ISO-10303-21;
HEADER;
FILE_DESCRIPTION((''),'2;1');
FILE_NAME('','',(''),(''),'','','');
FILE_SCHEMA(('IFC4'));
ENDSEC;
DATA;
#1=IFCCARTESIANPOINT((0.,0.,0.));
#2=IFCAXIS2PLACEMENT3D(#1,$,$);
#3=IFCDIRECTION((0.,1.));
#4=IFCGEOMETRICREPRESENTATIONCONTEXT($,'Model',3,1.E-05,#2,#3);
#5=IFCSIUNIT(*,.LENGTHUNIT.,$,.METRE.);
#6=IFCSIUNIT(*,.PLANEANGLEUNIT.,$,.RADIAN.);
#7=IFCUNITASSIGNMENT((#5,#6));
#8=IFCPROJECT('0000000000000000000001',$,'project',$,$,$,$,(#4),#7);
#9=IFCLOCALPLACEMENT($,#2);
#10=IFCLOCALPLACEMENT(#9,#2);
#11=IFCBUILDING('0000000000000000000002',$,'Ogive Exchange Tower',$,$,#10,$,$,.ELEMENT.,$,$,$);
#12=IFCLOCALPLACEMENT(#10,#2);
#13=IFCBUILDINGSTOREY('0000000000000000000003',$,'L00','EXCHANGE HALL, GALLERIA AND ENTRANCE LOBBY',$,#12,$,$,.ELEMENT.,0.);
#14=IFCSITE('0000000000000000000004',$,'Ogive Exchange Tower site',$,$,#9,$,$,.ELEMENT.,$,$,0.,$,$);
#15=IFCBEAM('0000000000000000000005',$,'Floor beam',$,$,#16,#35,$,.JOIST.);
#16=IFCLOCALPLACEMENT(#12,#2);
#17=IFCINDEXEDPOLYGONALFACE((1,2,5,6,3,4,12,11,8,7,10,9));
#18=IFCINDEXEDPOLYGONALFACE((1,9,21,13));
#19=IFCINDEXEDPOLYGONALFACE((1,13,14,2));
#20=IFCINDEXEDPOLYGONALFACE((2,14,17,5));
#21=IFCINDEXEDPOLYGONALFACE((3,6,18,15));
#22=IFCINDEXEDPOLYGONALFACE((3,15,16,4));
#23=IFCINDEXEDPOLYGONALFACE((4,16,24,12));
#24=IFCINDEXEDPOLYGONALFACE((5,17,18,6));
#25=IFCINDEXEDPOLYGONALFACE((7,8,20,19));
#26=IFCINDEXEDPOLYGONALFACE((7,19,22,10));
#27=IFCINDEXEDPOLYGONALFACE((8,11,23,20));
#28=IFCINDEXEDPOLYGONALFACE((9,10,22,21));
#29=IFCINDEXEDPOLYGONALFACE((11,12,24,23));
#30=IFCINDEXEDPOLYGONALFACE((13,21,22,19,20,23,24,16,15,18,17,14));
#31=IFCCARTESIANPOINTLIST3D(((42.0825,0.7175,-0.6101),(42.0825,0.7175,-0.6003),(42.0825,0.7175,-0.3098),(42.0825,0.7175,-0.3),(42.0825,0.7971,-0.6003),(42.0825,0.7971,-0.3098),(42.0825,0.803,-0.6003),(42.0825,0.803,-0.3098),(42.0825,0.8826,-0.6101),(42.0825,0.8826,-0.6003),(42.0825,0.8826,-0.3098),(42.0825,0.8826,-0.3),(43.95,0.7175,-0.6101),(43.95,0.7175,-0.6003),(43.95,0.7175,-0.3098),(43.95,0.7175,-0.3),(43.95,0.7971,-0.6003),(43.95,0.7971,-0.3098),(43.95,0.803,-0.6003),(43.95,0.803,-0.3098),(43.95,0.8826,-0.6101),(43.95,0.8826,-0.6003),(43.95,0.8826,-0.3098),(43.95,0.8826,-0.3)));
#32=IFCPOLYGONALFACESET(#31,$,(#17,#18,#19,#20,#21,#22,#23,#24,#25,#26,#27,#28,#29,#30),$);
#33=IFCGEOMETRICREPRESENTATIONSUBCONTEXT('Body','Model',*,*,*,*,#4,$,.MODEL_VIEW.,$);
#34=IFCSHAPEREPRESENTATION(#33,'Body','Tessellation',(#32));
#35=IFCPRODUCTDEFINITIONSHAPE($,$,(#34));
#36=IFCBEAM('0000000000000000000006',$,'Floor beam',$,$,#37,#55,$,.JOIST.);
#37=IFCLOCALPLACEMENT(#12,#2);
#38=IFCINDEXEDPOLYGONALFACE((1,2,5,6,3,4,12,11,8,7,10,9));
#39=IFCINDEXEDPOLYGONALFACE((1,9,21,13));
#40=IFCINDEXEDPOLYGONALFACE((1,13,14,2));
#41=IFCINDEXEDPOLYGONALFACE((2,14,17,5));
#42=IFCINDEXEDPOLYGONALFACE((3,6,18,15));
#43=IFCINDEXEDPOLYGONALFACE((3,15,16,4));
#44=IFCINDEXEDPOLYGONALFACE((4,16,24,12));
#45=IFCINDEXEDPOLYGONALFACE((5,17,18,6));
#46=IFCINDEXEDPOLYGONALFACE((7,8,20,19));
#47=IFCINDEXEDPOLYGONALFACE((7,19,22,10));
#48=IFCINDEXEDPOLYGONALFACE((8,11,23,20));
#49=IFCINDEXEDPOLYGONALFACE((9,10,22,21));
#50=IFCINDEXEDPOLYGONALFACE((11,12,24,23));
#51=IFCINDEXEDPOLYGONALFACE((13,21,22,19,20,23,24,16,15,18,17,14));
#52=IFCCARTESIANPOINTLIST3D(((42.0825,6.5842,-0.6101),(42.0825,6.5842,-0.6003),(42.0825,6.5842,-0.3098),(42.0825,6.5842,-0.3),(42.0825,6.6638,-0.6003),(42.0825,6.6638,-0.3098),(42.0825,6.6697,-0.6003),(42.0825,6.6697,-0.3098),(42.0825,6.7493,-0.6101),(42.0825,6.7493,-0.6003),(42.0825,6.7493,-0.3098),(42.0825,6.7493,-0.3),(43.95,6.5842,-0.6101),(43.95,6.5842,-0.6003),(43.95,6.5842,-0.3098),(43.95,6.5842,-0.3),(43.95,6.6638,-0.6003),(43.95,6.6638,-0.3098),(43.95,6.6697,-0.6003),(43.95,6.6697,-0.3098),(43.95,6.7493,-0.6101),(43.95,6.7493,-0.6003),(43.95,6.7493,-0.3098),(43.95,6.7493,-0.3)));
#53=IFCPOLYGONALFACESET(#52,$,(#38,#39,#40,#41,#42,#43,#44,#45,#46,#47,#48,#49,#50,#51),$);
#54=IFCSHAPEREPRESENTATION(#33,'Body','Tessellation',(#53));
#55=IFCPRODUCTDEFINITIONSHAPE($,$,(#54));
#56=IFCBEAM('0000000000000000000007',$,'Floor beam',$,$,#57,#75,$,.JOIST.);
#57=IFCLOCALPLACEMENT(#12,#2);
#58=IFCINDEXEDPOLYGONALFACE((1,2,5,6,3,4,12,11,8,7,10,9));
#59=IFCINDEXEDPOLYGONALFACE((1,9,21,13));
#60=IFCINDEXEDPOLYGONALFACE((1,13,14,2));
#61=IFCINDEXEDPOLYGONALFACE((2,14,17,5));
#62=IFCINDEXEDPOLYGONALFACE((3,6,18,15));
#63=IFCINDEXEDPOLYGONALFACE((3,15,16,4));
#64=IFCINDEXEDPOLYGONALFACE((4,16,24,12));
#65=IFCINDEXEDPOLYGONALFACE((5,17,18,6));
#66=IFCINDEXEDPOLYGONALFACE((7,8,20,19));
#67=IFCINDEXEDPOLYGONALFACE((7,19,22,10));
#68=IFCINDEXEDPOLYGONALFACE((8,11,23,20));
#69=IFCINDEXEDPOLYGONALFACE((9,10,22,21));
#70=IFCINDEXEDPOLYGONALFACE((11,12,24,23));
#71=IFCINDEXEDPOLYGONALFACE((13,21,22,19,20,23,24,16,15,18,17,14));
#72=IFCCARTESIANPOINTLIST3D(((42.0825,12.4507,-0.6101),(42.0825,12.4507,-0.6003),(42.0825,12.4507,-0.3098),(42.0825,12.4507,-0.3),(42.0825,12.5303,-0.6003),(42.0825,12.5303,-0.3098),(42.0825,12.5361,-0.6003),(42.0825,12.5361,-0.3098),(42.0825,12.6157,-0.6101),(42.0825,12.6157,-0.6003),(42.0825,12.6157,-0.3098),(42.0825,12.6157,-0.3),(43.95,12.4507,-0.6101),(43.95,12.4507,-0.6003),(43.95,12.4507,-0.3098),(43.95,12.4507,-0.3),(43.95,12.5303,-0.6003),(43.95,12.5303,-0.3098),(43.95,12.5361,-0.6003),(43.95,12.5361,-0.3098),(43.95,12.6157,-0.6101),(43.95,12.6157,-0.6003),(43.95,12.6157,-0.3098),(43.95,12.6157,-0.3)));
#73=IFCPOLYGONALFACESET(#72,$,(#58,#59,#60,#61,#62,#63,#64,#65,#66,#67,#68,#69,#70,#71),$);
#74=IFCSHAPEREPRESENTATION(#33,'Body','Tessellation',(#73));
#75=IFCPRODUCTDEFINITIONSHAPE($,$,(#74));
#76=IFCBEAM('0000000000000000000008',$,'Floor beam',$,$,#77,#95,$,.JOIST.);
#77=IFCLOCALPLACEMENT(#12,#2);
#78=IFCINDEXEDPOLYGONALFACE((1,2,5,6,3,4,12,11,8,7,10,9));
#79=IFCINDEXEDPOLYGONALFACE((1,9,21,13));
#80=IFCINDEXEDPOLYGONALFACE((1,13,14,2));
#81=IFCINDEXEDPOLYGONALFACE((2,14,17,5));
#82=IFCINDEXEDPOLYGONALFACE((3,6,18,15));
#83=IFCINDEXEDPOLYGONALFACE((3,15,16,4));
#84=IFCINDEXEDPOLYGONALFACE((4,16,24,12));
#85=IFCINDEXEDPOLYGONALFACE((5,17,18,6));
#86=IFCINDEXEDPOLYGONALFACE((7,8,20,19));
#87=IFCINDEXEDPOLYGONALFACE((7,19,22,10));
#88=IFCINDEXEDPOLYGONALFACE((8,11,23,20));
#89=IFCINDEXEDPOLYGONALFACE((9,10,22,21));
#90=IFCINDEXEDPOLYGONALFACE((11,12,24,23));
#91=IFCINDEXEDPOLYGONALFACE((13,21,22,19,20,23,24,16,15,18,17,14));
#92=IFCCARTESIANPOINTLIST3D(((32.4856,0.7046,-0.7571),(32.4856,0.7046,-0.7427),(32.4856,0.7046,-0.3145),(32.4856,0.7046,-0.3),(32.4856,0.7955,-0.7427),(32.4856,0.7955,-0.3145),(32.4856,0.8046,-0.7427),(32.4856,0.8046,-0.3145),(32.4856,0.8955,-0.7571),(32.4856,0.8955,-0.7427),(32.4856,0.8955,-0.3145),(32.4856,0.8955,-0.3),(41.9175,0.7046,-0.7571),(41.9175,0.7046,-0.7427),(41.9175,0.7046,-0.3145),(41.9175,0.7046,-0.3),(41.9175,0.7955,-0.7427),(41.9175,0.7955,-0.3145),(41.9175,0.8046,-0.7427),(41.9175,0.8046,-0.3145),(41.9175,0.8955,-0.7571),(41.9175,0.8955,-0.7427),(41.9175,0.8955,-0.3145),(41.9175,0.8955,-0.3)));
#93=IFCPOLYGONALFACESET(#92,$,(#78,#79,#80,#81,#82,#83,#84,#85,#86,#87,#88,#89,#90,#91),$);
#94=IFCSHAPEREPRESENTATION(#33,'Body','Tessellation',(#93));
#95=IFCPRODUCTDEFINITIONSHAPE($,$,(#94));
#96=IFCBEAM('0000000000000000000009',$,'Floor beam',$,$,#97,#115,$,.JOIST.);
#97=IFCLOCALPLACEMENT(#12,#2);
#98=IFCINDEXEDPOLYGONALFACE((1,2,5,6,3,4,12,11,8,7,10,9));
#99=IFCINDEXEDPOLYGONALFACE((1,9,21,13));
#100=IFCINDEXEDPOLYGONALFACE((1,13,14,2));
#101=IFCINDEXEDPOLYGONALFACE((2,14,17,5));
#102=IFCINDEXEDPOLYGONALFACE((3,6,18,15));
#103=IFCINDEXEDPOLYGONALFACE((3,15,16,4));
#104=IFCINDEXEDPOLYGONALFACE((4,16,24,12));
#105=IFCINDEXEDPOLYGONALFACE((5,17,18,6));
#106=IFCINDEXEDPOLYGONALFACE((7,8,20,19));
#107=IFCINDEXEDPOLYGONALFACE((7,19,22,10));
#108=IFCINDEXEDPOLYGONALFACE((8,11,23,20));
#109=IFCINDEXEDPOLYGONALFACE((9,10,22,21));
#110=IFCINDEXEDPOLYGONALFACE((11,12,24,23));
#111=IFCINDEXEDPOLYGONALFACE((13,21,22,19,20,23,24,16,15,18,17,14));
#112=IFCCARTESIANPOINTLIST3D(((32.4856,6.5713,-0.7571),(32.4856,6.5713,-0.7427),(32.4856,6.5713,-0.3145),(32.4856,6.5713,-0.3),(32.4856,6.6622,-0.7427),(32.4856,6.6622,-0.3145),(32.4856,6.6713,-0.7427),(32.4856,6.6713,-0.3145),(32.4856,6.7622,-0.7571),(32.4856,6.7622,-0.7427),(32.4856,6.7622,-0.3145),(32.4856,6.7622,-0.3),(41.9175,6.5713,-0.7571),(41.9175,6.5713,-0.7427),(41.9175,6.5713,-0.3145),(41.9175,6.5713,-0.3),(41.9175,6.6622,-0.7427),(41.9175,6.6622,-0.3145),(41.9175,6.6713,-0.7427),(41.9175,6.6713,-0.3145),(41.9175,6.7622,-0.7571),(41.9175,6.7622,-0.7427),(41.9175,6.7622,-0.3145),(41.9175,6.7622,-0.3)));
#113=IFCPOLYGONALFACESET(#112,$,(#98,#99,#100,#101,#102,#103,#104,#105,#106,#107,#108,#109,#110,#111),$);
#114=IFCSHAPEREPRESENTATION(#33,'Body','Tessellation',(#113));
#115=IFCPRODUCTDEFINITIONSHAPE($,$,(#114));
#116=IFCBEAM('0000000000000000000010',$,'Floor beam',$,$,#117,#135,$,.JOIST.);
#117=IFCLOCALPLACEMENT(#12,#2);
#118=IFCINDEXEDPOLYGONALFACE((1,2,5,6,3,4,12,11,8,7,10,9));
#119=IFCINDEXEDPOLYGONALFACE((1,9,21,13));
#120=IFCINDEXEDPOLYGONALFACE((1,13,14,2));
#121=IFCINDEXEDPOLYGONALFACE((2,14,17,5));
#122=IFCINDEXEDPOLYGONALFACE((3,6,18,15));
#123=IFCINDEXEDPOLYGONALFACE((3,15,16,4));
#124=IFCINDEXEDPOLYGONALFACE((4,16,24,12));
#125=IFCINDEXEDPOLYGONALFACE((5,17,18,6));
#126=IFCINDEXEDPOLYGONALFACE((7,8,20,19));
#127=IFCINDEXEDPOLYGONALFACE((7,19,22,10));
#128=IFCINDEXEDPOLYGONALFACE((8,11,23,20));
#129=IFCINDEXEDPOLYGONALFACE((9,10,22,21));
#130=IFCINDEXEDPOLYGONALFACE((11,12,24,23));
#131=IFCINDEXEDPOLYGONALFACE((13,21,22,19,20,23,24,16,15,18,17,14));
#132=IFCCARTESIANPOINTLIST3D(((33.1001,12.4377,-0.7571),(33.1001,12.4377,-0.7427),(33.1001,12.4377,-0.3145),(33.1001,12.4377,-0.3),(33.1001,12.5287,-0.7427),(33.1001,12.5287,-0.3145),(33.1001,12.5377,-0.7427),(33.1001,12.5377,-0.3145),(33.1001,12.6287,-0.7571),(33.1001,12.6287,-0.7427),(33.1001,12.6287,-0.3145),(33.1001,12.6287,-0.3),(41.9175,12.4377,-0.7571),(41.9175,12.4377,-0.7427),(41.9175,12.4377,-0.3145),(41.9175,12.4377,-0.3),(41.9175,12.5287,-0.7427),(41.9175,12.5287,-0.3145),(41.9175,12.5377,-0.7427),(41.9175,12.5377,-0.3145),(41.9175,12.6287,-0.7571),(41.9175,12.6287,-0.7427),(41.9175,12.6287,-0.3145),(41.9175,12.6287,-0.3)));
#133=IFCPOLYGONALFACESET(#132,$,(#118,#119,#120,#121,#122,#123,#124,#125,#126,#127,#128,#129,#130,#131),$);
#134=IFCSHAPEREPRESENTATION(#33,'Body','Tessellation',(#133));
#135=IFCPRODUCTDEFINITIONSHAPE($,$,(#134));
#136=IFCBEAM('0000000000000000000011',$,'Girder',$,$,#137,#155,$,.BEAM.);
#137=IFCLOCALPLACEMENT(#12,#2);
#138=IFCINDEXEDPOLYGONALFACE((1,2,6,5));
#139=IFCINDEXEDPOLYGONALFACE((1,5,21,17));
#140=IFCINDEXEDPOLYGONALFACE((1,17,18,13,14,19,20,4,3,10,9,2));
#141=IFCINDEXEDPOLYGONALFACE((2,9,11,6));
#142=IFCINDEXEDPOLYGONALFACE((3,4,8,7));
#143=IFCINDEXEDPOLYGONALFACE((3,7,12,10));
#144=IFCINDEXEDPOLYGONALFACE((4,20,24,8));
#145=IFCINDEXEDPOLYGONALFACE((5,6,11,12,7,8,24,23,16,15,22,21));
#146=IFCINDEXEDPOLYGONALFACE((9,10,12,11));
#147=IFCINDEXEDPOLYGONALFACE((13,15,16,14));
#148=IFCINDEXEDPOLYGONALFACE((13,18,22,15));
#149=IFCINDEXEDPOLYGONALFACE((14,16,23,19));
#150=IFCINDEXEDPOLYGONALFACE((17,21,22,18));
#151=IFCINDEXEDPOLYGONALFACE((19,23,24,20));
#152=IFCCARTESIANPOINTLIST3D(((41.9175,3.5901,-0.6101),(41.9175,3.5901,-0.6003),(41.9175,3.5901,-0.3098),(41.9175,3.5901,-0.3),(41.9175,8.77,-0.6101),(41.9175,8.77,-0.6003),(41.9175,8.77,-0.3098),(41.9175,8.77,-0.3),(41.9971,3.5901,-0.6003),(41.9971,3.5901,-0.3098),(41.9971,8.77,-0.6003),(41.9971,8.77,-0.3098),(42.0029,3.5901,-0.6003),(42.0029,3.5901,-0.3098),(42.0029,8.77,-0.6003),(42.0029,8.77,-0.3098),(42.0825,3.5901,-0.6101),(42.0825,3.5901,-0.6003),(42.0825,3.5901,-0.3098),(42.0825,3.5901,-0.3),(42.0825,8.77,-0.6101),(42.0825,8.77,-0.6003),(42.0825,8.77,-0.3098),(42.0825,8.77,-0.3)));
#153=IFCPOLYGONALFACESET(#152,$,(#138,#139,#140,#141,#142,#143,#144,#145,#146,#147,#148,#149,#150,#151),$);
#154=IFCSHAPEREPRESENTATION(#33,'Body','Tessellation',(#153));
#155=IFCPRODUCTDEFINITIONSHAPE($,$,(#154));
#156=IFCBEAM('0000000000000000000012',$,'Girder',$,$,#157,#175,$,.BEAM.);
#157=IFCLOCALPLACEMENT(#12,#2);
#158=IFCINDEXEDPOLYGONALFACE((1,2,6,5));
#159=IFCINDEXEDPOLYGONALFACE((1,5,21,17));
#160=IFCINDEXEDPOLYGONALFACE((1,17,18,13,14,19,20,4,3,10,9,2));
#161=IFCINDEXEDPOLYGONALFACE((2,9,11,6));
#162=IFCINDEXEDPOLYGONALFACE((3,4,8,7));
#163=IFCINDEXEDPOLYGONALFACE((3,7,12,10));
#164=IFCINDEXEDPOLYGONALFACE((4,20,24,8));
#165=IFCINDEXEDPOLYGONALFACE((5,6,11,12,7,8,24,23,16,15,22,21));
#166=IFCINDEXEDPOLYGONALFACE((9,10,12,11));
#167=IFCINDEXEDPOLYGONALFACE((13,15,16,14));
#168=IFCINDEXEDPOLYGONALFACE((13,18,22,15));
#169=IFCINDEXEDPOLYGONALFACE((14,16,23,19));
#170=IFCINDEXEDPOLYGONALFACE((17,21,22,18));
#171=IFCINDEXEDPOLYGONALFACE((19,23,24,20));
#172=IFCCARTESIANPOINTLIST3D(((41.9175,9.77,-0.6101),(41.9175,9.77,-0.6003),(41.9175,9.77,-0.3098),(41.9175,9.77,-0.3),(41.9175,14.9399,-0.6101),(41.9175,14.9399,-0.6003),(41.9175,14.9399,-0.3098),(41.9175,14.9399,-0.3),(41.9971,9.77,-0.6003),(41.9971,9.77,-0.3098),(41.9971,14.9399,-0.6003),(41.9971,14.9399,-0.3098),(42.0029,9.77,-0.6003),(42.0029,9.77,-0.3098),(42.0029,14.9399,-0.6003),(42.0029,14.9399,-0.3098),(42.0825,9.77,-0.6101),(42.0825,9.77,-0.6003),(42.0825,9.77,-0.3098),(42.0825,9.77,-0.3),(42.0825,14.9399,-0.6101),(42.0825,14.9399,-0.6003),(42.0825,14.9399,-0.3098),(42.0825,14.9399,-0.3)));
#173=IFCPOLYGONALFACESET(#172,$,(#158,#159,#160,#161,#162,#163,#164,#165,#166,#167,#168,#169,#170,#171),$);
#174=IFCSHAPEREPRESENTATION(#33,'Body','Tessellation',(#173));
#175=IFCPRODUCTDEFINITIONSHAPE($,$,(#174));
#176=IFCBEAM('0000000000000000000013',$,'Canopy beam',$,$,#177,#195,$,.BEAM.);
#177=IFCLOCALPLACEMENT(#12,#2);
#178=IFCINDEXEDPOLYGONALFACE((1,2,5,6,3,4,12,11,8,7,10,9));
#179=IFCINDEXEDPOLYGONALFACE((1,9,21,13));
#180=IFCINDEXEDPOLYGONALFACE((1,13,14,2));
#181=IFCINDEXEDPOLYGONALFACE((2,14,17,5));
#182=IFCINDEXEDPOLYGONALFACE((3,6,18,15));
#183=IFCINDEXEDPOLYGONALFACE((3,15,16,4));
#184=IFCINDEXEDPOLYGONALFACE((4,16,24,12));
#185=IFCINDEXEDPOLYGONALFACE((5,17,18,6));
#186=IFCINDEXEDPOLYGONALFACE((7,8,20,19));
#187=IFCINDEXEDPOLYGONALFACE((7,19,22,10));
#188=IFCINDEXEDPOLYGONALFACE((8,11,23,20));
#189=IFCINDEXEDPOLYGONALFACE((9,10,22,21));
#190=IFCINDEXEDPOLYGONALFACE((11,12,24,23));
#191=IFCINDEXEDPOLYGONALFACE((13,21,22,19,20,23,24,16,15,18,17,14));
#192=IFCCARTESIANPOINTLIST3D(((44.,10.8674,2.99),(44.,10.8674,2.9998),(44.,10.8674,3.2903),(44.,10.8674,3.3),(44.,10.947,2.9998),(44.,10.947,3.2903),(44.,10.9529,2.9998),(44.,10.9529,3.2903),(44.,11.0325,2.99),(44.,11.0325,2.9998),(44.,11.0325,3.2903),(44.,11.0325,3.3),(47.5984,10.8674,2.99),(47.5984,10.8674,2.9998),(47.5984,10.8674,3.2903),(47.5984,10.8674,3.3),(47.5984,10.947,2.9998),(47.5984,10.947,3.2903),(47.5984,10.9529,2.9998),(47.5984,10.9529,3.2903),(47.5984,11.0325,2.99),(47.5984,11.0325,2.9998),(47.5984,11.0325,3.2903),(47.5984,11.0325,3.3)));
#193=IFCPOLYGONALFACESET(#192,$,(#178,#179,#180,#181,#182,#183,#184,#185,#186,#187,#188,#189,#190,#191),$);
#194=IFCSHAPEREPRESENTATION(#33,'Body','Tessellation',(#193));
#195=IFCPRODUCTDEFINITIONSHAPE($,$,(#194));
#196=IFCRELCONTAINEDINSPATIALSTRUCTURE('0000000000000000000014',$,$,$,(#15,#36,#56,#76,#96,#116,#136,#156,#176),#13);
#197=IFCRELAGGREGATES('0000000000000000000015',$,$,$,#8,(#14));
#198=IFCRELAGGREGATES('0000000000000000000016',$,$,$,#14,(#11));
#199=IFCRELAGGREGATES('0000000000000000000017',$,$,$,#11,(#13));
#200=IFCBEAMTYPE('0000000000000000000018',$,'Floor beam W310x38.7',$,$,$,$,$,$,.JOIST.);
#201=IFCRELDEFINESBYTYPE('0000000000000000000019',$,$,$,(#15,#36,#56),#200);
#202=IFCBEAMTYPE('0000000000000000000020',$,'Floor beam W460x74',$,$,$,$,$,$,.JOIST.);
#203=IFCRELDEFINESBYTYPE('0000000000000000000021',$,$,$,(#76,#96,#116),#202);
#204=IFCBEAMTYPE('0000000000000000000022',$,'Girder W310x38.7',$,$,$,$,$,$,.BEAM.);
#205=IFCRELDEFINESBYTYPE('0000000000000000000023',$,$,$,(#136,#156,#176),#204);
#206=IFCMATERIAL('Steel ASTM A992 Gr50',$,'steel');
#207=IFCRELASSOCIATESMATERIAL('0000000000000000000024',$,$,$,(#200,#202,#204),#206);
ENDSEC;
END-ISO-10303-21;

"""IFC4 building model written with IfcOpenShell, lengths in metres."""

from ifc_helpers import new_model, si_unit, direction, frame, origin, origin_2d, place, context, subcontext, project, spatial, i_section, extrude, material, material_profile, profile_set, type_object, element, save


model = new_model("IFC4")

# Units and contexts
model_context = context("Model", 3, precision=1e-05, world=origin(), true_north=direction((0.0, 1.0)))
body_context = subcontext(model_context, "Body", "Model", "MODEL_VIEW")
ifc_project = project(units=[si_unit("LENGTHUNIT", "METRE"), si_unit("PLANEANGLEUNIT", "RADIAN")], contexts=[model_context])

# Site, building, storey
site_placement = place(None, origin())
site = spatial("IfcSite", under=ifc_project, at=site_placement, Name="Ogive Exchange Tower site", CompositionType="ELEMENT", RefElevation=0.0)
building_placement = place(site_placement, origin())
building = spatial("IfcBuilding", under=site, at=building_placement, Name="Ogive Exchange Tower", CompositionType="ELEMENT")
storey_placement = place(building_placement, origin())
storey = spatial("IfcBuildingStorey", under=building, at=storey_placement, Name="L00", Description="EXCHANGE HALL, GALLERIA AND ENTRANCE LOBBY", CompositionType="ELEMENT", Elevation=0.0)

# Beams
ifc_material_1 = material(Name="Steel ASTM A992 Gr50", Category="steel")
ifc_material_profile_1 = material_profile(ifc_material_1, i_section(OverallWidth=0.165, OverallDepth=0.3101, WebThickness=0.0059, FlangeThickness=0.0098, at=origin_2d()), Name="W310x38.7")
ifc_profile_set_1 = profile_set([ifc_material_profile_1], Name="Steel ASTM A992 Gr50")
beam_type_1 = type_object("IfcBeamType", Name="Floor beam W310x38.7", PredefinedType="JOIST", material=ifc_profile_set_1)
for number, where, z_axis, x_axis, name in (
    (1, (42.0825, 0.8, -0.4551), (1.0, 0.0, 0.0), (0.0, 1.0, 0.0), "Floor beam"),
    (2, (42.0825, 6.6667, -0.4551), (1.0, 0.0, 0.0), (0.0, 1.0, 0.0), "Floor beam"),
    (3, (42.0825, 12.5332, -0.4551), (1.0, 0.0, 0.0), (0.0, 1.0, 0.0), "Floor beam"),
):
    element("IfcBeam", number, at=place(storey_placement, frame(where, z_axis=z_axis, x_axis=x_axis)), inside=storey, type_object=beam_type_1, Name=name, PredefinedType="JOIST", context=body_context, shape_type="SweptSolid", body=[
        extrude(i_section(OverallWidth=0.165, OverallDepth=0.3101, WebThickness=0.0059, FlangeThickness=0.0098, at=origin_2d()), origin(), (0.0, 0.0, 1.0), 1.8674),
    ])
ifc_material_profile_2 = material_profile(ifc_material_1, i_section(OverallWidth=0.1909, OverallDepth=0.457, WebThickness=0.009, FlangeThickness=0.0144, at=origin_2d()), Name="W460x74")
ifc_profile_set_2 = profile_set([ifc_material_profile_2], Name="Steel ASTM A992 Gr50")
beam_type_2 = type_object("IfcBeamType", Name="Floor beam W460x74", PredefinedType="JOIST", material=ifc_profile_set_2)
for number, where, z_axis, x_axis, name in (
    (4, (32.4856, 0.8, -0.5286), (1.0, 0.0, 0.0), (0.0, 1.0, 0.0), "Floor beam"),
    (5, (32.4856, 6.6667, -0.5286), (1.0, 0.0, 0.0), (0.0, 1.0, 0.0), "Floor beam"),
):
    element("IfcBeam", number, at=place(storey_placement, frame(where, z_axis=z_axis, x_axis=x_axis)), inside=storey, type_object=beam_type_2, Name=name, PredefinedType="JOIST", context=body_context, shape_type="SweptSolid", body=[
        extrude(i_section(OverallWidth=0.1909, OverallDepth=0.457, WebThickness=0.009, FlangeThickness=0.0144, at=origin_2d()), origin(), (0.0, 0.0, 1.0), 9.4319),
    ])
beam_1_placement = place(storey_placement, frame((33.1001, 12.5332, -0.5286), z_axis=(1.0, 0.0, 0.0), x_axis=(0.0, 1.0, 0.0)))
element("IfcBeam", 6, at=beam_1_placement, inside=storey, type_object=beam_type_2, Name="Floor beam", PredefinedType="JOIST", context=body_context, shape_type="SweptSolid", body=[
    extrude(i_section(OverallWidth=0.1909, OverallDepth=0.457, WebThickness=0.009, FlangeThickness=0.0144, at=origin_2d()), origin(), (0.0, 0.0, 1.0), 8.8174),
])
ifc_material_profile_3 = material_profile(ifc_material_1, i_section(OverallWidth=0.165, OverallDepth=0.3101, WebThickness=0.0059, FlangeThickness=0.0098, at=origin_2d()), Name="W310x38.7")
ifc_profile_set_3 = profile_set([ifc_material_profile_3], Name="Steel ASTM A992 Gr50")
beam_type_3 = type_object("IfcBeamType", Name="Girder W310x38.7", PredefinedType="BEAM", material=ifc_profile_set_3)
beam_2_placement = place(storey_placement, frame((42.0, 3.5901, -0.4551), z_axis=(0.0, 1.0, 0.0), x_axis=(-1.0, 0.0, 0.0)))
element("IfcBeam", 7, at=beam_2_placement, inside=storey, type_object=beam_type_3, Name="Girder", PredefinedType="BEAM", context=body_context, shape_type="SweptSolid", body=[
    extrude(i_section(OverallWidth=0.165, OverallDepth=0.3101, WebThickness=0.0059, FlangeThickness=0.0098, at=origin_2d()), origin(), (0.0, 0.0, 1.0), 5.1799),
])
beam_3_placement = place(storey_placement, frame((42.0, 9.77, -0.4551), z_axis=(0.0, 1.0, 0.0), x_axis=(-1.0, 0.0, 0.0)))
element("IfcBeam", 8, at=beam_3_placement, inside=storey, type_object=beam_type_3, Name="Girder", PredefinedType="BEAM", context=body_context, shape_type="SweptSolid", body=[
    extrude(i_section(OverallWidth=0.165, OverallDepth=0.3101, WebThickness=0.0059, FlangeThickness=0.0098, at=origin_2d()), origin(), (0.0, 0.0, 1.0), 5.1699),
])
for number, where, z_axis, x_axis, name in (
    (9, (44.0, 10.95, 3.145), (1.0, 0.0, 0.0), (0.0, 1.0, 0.0), "Canopy beam"),
):
    element("IfcBeam", number, at=place(storey_placement, frame(where, z_axis=z_axis, x_axis=x_axis)), inside=storey, type_object=beam_type_3, Name=name, PredefinedType="BEAM", context=body_context, shape_type="SweptSolid", body=[
        extrude(i_section(OverallWidth=0.165, OverallDepth=0.3101, WebThickness=0.0059, FlangeThickness=0.0098, at=origin_2d()), origin(), (0.0, 0.0, 1.0), 3.5984),
    ])

save(model, "model.ifc")
